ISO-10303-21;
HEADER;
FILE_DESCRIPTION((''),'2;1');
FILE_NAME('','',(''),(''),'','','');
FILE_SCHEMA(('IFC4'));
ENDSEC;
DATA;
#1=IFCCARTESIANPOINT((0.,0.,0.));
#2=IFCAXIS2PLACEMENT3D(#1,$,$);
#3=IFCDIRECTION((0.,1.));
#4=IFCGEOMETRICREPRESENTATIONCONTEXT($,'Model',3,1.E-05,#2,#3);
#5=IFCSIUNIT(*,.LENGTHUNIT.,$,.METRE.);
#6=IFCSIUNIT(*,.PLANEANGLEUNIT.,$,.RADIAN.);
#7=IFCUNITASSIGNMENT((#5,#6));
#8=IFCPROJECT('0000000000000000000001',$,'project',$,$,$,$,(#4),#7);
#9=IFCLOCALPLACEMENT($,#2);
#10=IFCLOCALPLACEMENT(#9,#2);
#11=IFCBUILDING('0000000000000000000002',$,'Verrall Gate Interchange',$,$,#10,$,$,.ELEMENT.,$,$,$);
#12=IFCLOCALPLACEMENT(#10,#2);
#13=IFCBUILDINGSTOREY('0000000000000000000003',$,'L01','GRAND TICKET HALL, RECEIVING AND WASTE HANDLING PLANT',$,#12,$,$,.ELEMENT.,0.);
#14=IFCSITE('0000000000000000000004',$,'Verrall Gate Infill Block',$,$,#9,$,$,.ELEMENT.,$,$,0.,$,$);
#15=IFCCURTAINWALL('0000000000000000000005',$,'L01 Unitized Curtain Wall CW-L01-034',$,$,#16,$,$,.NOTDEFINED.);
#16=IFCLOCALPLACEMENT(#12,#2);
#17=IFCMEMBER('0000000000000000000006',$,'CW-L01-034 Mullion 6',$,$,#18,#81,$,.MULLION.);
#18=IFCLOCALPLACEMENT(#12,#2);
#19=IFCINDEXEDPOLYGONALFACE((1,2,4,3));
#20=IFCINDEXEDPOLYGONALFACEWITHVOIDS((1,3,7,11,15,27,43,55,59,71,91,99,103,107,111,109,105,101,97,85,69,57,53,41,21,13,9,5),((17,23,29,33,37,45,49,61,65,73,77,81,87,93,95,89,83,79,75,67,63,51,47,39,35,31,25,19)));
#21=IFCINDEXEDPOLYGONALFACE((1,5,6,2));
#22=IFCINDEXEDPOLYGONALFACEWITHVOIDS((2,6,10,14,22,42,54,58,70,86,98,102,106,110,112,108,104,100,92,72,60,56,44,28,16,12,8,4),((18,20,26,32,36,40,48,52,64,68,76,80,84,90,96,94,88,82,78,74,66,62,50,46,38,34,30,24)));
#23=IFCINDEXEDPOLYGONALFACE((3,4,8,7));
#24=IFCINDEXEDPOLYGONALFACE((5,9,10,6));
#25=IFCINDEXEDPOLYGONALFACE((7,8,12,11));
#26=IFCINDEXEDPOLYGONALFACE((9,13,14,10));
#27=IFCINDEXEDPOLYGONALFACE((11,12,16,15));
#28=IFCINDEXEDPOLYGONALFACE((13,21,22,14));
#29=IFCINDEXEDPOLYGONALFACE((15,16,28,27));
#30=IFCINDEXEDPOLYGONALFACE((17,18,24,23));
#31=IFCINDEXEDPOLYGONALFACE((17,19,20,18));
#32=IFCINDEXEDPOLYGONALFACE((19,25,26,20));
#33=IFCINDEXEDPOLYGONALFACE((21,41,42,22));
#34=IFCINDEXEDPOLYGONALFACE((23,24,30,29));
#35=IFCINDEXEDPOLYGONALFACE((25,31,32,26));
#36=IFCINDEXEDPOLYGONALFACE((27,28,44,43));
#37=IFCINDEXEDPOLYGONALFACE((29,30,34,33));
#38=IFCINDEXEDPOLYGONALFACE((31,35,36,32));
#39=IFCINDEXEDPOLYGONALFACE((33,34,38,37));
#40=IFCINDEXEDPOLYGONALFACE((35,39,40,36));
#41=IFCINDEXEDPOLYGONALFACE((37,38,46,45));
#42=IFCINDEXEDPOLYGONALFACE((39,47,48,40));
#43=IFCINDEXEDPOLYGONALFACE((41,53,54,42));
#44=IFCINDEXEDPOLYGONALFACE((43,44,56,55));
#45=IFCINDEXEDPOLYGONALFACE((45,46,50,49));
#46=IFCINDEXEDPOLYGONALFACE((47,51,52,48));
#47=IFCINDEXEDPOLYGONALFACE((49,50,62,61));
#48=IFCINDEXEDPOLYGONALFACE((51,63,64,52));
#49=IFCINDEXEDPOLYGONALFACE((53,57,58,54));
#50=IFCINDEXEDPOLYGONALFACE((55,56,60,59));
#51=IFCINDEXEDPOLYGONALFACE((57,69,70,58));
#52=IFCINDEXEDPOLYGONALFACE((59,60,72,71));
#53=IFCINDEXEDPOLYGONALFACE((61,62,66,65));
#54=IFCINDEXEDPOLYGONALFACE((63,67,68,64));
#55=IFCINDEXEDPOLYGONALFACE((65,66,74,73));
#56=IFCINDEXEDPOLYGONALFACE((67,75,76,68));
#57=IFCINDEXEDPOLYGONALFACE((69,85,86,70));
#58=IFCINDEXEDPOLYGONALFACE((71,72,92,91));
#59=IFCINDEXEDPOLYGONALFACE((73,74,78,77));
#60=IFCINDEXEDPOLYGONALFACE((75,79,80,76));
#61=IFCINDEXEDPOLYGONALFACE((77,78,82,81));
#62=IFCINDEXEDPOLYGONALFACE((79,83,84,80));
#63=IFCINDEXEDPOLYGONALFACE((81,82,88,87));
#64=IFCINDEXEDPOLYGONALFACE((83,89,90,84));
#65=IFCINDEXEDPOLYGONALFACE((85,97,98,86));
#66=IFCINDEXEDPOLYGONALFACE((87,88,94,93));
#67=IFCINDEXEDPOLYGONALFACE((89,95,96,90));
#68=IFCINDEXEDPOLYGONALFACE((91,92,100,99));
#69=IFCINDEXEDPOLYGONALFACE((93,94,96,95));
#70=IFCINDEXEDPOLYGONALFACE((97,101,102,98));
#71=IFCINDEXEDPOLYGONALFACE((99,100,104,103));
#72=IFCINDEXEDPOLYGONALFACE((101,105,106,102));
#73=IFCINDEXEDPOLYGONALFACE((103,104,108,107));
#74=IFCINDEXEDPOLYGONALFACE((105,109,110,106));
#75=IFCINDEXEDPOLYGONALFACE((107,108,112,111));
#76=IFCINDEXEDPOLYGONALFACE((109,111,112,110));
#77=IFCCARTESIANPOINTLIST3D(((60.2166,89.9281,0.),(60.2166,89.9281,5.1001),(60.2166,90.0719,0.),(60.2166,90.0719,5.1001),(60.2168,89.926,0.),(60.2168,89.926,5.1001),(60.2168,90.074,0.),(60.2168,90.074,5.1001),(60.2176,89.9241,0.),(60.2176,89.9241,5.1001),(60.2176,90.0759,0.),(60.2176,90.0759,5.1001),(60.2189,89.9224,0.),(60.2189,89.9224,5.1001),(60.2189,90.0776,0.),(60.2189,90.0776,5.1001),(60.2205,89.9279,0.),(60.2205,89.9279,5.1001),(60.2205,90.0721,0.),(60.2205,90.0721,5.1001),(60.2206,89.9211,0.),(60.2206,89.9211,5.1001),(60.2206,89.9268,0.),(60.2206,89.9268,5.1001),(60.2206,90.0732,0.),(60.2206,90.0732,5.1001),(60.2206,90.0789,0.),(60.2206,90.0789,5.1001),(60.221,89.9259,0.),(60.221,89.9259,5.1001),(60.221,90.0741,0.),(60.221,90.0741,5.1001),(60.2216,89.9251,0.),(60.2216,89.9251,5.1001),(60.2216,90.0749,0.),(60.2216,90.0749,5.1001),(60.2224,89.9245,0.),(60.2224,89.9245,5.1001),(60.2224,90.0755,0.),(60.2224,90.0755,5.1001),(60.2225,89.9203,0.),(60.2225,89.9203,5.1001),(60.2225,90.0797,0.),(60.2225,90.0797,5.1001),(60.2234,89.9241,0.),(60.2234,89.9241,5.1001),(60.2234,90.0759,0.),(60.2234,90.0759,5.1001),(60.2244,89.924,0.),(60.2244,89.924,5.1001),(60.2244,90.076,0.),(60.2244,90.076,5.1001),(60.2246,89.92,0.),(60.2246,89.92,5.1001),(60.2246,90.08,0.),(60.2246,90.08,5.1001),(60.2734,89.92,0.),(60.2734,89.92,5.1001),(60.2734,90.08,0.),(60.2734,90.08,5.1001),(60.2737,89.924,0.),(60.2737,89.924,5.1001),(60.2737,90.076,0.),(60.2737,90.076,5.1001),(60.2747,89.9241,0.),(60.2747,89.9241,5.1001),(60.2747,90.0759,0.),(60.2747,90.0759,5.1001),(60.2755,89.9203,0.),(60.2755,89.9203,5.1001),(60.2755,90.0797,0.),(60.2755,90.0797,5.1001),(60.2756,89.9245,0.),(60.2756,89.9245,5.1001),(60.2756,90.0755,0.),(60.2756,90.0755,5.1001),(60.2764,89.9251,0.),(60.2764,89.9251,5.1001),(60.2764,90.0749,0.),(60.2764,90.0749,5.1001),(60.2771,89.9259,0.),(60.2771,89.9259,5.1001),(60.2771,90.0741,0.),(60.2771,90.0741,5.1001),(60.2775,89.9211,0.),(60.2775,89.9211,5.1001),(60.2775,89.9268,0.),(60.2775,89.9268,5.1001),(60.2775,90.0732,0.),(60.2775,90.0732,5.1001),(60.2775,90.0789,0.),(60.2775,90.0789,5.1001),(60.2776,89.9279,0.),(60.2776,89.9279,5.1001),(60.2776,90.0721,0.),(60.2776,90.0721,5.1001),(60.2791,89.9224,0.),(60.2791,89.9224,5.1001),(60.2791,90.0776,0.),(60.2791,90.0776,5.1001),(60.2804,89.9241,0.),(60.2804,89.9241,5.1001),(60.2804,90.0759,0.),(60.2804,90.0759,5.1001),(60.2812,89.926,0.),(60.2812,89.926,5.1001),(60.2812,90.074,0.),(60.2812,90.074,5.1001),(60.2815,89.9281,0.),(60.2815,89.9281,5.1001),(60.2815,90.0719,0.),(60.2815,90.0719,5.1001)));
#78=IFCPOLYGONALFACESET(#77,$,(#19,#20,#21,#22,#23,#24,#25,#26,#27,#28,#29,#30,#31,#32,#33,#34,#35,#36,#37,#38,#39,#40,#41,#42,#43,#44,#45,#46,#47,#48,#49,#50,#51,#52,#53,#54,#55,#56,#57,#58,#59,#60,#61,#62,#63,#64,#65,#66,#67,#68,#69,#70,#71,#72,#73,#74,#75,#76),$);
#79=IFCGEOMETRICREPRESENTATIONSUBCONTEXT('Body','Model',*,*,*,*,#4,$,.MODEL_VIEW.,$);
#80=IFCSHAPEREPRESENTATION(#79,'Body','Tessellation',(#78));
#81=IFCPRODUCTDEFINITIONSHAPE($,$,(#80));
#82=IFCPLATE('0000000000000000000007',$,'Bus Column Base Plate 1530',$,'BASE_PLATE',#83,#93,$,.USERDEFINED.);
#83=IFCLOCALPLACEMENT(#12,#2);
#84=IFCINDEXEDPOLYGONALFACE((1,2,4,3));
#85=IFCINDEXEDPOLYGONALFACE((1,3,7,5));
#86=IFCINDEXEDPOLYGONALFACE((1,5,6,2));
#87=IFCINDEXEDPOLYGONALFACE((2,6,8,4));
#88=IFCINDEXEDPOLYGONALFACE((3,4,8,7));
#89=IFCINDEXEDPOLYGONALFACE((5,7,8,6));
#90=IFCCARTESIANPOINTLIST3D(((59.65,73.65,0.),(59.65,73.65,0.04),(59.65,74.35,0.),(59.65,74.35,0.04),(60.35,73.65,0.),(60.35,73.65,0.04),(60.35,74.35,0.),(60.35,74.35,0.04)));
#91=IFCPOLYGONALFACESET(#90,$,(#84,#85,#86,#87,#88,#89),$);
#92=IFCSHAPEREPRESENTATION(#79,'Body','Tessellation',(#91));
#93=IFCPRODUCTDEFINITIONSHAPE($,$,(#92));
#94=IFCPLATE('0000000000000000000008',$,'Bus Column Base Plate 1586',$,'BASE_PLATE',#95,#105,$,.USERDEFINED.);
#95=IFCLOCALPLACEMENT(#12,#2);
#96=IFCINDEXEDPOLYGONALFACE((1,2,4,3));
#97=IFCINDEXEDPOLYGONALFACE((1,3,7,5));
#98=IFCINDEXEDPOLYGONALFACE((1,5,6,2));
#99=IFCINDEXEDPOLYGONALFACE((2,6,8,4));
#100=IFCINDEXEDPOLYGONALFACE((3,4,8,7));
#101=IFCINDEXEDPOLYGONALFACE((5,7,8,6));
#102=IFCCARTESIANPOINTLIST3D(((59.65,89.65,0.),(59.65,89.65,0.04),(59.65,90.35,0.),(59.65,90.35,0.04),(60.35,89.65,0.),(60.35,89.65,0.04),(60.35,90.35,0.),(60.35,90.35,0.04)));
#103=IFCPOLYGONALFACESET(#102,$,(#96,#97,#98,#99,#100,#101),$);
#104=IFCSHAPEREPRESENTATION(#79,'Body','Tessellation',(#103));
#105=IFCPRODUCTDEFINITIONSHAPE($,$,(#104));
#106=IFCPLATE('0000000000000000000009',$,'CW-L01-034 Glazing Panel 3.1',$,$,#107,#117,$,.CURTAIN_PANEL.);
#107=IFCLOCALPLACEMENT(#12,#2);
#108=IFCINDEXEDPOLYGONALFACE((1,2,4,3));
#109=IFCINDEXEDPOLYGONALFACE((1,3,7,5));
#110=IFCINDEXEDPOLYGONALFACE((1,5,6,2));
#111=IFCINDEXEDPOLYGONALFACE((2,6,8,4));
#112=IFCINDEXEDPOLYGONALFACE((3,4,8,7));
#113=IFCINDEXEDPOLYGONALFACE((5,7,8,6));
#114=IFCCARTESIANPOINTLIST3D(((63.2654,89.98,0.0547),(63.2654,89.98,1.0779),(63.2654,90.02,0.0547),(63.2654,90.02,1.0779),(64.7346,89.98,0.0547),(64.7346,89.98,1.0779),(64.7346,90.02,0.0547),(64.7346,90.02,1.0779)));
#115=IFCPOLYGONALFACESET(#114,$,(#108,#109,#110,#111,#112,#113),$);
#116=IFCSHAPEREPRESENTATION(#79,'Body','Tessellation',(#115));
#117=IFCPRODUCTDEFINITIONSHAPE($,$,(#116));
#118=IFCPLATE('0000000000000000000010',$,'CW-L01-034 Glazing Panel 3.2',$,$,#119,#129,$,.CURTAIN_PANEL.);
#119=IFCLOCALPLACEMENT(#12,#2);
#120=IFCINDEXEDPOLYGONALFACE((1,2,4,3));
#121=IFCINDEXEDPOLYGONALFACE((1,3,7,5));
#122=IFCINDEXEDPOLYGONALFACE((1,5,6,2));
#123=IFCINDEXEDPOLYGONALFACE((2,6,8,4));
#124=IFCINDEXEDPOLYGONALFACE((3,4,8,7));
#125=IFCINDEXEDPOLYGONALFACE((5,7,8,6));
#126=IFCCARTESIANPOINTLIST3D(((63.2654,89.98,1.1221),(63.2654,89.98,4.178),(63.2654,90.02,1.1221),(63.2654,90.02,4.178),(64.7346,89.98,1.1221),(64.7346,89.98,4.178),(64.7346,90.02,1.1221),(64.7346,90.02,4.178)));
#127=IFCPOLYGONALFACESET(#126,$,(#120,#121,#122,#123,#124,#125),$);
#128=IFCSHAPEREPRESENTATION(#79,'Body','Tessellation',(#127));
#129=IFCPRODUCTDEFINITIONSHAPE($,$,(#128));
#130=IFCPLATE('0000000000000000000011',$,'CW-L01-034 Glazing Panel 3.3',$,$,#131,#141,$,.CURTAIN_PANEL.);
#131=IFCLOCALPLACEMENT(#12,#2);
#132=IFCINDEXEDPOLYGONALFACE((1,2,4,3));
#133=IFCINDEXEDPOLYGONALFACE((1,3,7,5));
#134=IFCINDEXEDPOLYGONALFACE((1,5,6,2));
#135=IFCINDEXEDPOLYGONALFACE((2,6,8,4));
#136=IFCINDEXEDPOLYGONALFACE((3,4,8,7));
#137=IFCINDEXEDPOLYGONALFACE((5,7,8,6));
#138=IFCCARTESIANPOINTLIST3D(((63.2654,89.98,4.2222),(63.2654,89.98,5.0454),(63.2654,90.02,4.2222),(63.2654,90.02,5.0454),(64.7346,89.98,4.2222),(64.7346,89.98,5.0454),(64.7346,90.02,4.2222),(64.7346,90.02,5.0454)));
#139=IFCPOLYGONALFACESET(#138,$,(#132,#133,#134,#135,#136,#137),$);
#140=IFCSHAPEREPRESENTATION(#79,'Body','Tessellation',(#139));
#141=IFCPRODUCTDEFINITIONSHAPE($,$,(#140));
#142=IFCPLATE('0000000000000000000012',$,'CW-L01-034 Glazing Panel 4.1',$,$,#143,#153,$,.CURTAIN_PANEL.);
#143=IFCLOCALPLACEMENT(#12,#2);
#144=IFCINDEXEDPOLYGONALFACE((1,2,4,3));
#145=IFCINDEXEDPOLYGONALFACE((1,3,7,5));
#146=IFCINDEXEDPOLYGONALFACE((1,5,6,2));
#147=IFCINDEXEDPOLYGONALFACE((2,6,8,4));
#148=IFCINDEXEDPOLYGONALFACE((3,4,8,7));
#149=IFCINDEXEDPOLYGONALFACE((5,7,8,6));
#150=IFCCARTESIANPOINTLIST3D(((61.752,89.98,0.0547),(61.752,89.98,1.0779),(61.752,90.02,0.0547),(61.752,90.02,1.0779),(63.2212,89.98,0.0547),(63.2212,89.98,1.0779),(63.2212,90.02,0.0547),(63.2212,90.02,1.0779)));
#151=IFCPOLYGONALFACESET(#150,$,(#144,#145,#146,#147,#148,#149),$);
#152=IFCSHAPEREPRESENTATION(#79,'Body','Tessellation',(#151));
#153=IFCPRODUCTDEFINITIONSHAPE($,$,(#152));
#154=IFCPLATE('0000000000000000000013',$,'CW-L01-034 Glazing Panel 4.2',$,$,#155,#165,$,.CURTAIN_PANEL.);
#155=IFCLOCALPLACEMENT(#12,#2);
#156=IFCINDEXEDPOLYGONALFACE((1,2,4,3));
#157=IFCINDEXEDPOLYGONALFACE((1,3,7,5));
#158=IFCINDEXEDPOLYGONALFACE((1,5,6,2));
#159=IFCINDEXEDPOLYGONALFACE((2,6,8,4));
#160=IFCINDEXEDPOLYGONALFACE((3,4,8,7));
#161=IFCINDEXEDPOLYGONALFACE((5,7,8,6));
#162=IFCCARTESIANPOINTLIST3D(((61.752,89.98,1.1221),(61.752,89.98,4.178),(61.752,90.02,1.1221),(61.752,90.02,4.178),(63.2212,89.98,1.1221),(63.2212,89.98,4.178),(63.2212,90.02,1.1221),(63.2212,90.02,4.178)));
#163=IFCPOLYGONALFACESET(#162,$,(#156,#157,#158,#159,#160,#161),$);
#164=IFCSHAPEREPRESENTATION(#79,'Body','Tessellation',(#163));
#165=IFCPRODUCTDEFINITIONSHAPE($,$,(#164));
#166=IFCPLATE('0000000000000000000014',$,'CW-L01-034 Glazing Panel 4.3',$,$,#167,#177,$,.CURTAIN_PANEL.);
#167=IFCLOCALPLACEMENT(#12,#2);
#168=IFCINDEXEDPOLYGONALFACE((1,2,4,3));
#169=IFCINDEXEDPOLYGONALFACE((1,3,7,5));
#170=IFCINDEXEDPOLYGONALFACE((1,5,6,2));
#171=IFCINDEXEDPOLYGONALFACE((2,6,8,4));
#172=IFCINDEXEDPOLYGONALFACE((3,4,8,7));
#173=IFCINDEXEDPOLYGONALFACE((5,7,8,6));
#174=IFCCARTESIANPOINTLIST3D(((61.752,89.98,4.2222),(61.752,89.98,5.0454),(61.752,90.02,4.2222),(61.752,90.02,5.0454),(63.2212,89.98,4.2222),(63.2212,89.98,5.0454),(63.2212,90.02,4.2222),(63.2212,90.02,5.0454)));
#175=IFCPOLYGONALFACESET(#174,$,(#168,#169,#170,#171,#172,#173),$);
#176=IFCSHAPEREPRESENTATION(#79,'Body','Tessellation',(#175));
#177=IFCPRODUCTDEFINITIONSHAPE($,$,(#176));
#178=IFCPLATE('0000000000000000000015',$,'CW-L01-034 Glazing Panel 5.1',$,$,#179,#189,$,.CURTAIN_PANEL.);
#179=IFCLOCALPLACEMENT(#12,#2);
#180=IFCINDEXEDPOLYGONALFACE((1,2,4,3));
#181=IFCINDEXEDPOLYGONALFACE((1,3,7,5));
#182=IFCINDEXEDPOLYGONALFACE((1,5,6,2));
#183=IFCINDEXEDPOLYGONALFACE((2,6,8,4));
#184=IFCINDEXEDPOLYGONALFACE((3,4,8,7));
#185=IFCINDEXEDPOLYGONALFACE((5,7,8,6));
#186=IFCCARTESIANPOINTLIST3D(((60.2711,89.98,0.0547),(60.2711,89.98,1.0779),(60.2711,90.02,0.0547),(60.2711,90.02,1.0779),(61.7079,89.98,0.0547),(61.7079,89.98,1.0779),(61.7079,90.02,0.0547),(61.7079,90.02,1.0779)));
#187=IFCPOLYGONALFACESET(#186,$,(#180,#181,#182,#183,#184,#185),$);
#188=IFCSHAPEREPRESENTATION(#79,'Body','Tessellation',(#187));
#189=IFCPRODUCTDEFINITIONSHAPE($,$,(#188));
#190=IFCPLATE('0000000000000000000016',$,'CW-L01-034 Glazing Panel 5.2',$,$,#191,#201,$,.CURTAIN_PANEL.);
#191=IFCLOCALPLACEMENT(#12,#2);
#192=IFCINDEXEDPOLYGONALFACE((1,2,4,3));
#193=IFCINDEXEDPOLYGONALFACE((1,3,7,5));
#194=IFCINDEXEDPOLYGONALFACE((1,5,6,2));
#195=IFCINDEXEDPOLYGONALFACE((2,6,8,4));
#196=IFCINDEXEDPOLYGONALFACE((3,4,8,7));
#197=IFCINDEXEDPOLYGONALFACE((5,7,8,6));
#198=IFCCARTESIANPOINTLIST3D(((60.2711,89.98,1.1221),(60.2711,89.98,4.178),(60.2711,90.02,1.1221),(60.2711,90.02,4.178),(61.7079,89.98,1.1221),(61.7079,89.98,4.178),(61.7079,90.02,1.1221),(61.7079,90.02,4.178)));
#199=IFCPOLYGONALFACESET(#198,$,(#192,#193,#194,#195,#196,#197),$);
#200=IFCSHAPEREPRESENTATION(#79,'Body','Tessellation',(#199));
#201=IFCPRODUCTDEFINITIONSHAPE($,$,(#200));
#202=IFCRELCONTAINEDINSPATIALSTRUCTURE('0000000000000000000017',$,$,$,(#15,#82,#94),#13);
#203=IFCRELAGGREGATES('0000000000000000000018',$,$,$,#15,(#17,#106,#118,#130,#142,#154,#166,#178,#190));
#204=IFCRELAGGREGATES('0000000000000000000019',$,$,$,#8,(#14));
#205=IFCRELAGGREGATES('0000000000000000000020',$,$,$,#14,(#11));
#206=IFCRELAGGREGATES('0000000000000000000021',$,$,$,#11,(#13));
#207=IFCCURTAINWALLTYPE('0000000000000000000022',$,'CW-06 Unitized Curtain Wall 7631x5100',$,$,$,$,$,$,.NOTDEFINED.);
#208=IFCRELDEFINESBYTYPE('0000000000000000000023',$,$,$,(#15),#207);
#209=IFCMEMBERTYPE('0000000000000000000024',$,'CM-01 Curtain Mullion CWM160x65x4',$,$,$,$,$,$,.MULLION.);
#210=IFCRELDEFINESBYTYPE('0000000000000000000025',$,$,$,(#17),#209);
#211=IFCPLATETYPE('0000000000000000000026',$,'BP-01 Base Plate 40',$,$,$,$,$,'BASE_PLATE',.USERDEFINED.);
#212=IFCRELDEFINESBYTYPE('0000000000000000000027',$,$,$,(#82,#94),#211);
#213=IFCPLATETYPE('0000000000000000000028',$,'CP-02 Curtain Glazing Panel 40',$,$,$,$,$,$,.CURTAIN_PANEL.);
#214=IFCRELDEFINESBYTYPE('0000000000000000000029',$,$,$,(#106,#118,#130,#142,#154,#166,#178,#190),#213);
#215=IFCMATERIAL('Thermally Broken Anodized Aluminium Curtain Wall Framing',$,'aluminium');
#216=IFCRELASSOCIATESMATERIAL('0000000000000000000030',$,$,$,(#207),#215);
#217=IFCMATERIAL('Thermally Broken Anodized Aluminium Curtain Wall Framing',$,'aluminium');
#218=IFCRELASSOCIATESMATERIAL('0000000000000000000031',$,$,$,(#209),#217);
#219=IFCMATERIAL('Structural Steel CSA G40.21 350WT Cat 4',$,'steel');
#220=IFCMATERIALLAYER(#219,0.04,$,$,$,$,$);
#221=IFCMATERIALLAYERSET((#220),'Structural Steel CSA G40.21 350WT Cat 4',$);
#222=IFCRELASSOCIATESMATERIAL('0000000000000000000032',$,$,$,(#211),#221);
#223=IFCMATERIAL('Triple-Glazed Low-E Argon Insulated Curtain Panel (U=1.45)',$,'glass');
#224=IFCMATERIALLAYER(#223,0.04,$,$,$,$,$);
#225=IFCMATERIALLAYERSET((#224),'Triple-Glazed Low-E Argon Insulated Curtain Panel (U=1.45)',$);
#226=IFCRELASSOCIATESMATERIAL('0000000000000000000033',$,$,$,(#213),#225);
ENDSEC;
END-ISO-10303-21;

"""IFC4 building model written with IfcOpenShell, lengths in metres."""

from ifc_helpers import new_model, si_unit, direction, frame, origin, origin_2d, place, context, subcontext, project, spatial, rectangle, hollow_rectangle, extrude, material, layer, layer_set, material_profile, profile_set, type_object, element, aggregate, save


model = new_model("IFC4")

# Units and contexts
model_context = context("Model", 3, precision=1e-05, world=origin(), true_north=direction((0.0, 1.0)))
body_context = subcontext(model_context, "Body", "Model", "MODEL_VIEW")
ifc_project = project(units=[si_unit("LENGTHUNIT", "METRE"), si_unit("PLANEANGLEUNIT", "RADIAN")], contexts=[model_context])

# Site, building, storey
site_placement = place(None, origin())
site = spatial("IfcSite", under=ifc_project, at=site_placement, Name="Verrall Gate Infill Block", CompositionType="ELEMENT", RefElevation=0.0)
building_placement = place(site_placement, origin())
building = spatial("IfcBuilding", under=site, at=building_placement, Name="Verrall Gate Interchange", CompositionType="ELEMENT")
storey_placement = place(building_placement, origin())
storey = spatial("IfcBuildingStorey", under=building, at=storey_placement, Name="L01", Description="GRAND TICKET HALL, RECEIVING AND WASTE HANDLING PLANT", CompositionType="ELEMENT", Elevation=0.0)

# Curtain wall, member
ifc_material_1 = material(Name="Thermally Broken Anodized Aluminium Curtain Wall Framing", Category="aluminium")
curtain_wall_type = type_object("IfcCurtainWallType", Name="CW-06 Unitized Curtain Wall 7631x5100", PredefinedType="NOTDEFINED", material=ifc_material_1)
curtain_wall_placement = place(storey_placement, origin())
curtain_wall = element("IfcCurtainWall", 1, at=curtain_wall_placement, inside=storey, type_object=curtain_wall_type, Name="L01 Unitized Curtain Wall CW-L01-034", PredefinedType="NOTDEFINED")
ifc_material_2 = material(Name="Thermally Broken Anodized Aluminium Curtain Wall Framing", Category="aluminium")
ifc_material_profile_1 = material_profile(ifc_material_2, hollow_rectangle(XDim=0.0649, YDim=0.1599, WallThickness=0.0039, InnerFilletRadius=0.0039, OuterFilletRadius=0.0081, at=origin_2d()), Name="CWM160x65x4")
ifc_profile_set_1 = profile_set([ifc_material_profile_1], Name="Thermally Broken Anodized Aluminium Curtain Wall Framing")
member_type = type_object("IfcMemberType", Name="CM-01 Curtain Mullion CWM160x65x4", PredefinedType="MULLION", material=ifc_profile_set_1)
member_1_placement = place(storey_placement, frame((60.249, 90.0, 0.0), z_axis=(0.0, 0.0, 1.0), x_axis=(-1.0, 0.0, 0.0)))
member_1 = element("IfcMember", 2, at=member_1_placement, type_object=member_type, Name="CW-L01-034 Mullion 6", PredefinedType="MULLION", context=body_context, shape_type="SweptSolid", body=[
    extrude(hollow_rectangle(XDim=0.0649, YDim=0.1599, WallThickness=0.0039, InnerFilletRadius=0.0039, OuterFilletRadius=0.0081, at=origin_2d()), origin(), (0.0, 0.0, 1.0), 5.1001),
])

# Plates
ifc_material_3 = material(Name="Structural Steel CSA G40.21 350WT Cat 4", Category="steel")
ifc_layer_1 = layer(ifc_material_3, 0.04)
ifc_layer_set_1 = layer_set([ifc_layer_1], Name="Structural Steel CSA G40.21 350WT Cat 4")
plate_type_1 = type_object("IfcPlateType", Name="BP-01 Base Plate 40", ElementType="BASE_PLATE", PredefinedType="USERDEFINED", material=ifc_layer_set_1)
for number, where, z_axis, x_axis, name in (
    (3, (60.0, 74.0, 0.0), (0.0, 0.0, 1.0), (1.0, 0.0, 0.0), "Bus Column Base Plate 1530"),
    (4, (60.0, 90.0, 0.0), (0.0, 0.0, 1.0), (1.0, 0.0, 0.0), "Bus Column Base Plate 1586"),
):
    element("IfcPlate", number, at=place(storey_placement, frame(where, z_axis=z_axis, x_axis=x_axis)), inside=storey, type_object=plate_type_1, Name=name, ObjectType="BASE_PLATE", PredefinedType="USERDEFINED", context=body_context, shape_type="SweptSolid", body=[
        extrude(rectangle(XDim=0.7, YDim=0.7, at=origin_2d()), origin(), (0.0, 0.0, 1.0), 0.04),
    ])

# Plates
ifc_material_4 = material(Name="Triple-Glazed Low-E Argon Insulated Curtain Panel (U=1.45)", Category="glass")
ifc_layer_2 = layer(ifc_material_4, 0.04)
ifc_layer_set_2 = layer_set([ifc_layer_2], Name="Triple-Glazed Low-E Argon Insulated Curtain Panel (U=1.45)")
plate_type_2 = type_object("IfcPlateType", Name="CP-02 Curtain Glazing Panel 40", PredefinedType="CURTAIN_PANEL", material=ifc_layer_set_2)
plate_1_placement = place(storey_placement, frame((64.0, 90.0, 0.0547), z_axis=(0.0, 0.0, 1.0), x_axis=(-1.0, 0.0, 0.0)))
plate_1 = element("IfcPlate", 5, at=plate_1_placement, type_object=plate_type_2, Name="CW-L01-034 Glazing Panel 3.1", PredefinedType="CURTAIN_PANEL", context=body_context, shape_type="SweptSolid", body=[
    extrude(rectangle(XDim=1.4692, YDim=0.04, at=origin_2d()), origin(), (0.0, 0.0, 1.0), 1.0232),
])
plate_2_placement = place(storey_placement, frame((64.0, 90.0, 1.1221), z_axis=(0.0, 0.0, 1.0), x_axis=(-1.0, 0.0, 0.0)))
plate_2 = element("IfcPlate", 6, at=plate_2_placement, type_object=plate_type_2, Name="CW-L01-034 Glazing Panel 3.2", PredefinedType="CURTAIN_PANEL", context=body_context, shape_type="SweptSolid", body=[
    extrude(rectangle(XDim=1.4692, YDim=0.04, at=origin_2d()), origin(), (0.0, 0.0, 1.0), 3.0559),
])
plate_3_placement = place(storey_placement, frame((64.0, 90.0, 4.2222), z_axis=(0.0, 0.0, 1.0), x_axis=(-1.0, 0.0, 0.0)))
plate_3 = element("IfcPlate", 7, at=plate_3_placement, type_object=plate_type_2, Name="CW-L01-034 Glazing Panel 3.3", PredefinedType="CURTAIN_PANEL", context=body_context, shape_type="SweptSolid", body=[
    extrude(rectangle(XDim=1.4692, YDim=0.04, at=origin_2d()), origin(), (0.0, 0.0, 1.0), 0.8232),
])
plate_4_placement = place(storey_placement, frame((62.4866, 90.0, 0.0547), z_axis=(0.0, 0.0, 1.0), x_axis=(-1.0, 0.0, 0.0)))
plate_4 = element("IfcPlate", 8, at=plate_4_placement, type_object=plate_type_2, Name="CW-L01-034 Glazing Panel 4.1", PredefinedType="CURTAIN_PANEL", context=body_context, shape_type="SweptSolid", body=[
    extrude(rectangle(XDim=1.4692, YDim=0.04, at=origin_2d()), origin(), (0.0, 0.0, 1.0), 1.0232),
])
plate_5_placement = place(storey_placement, frame((62.4866, 90.0, 1.1221), z_axis=(0.0, 0.0, 1.0), x_axis=(-1.0, 0.0, 0.0)))
plate_5 = element("IfcPlate", 9, at=plate_5_placement, type_object=plate_type_2, Name="CW-L01-034 Glazing Panel 4.2", PredefinedType="CURTAIN_PANEL", context=body_context, shape_type="SweptSolid", body=[
    extrude(rectangle(XDim=1.4692, YDim=0.04, at=origin_2d()), origin(), (0.0, 0.0, 1.0), 3.0559),
])
plate_6_placement = place(storey_placement, frame((62.4866, 90.0, 4.2222), z_axis=(0.0, 0.0, 1.0), x_axis=(-1.0, 0.0, 0.0)))
plate_6 = element("IfcPlate", 10, at=plate_6_placement, type_object=plate_type_2, Name="CW-L01-034 Glazing Panel 4.3", PredefinedType="CURTAIN_PANEL", context=body_context, shape_type="SweptSolid", body=[
    extrude(rectangle(XDim=1.4692, YDim=0.04, at=origin_2d()), origin(), (0.0, 0.0, 1.0), 0.8232),
])
plate_7_placement = place(storey_placement, frame((60.9895, 90.0, 0.0547), z_axis=(0.0, 0.0, 1.0), x_axis=(-1.0, 0.0, 0.0)))
plate_7 = element("IfcPlate", 11, at=plate_7_placement, type_object=plate_type_2, Name="CW-L01-034 Glazing Panel 5.1", PredefinedType="CURTAIN_PANEL", context=body_context, shape_type="SweptSolid", body=[
    extrude(rectangle(XDim=1.4368, YDim=0.04, at=origin_2d()), origin(), (0.0, 0.0, 1.0), 1.0232),
])
plate_8_placement = place(storey_placement, frame((60.9895, 90.0, 1.1221), z_axis=(0.0, 0.0, 1.0), x_axis=(-1.0, 0.0, 0.0)))
plate_8 = element("IfcPlate", 12, at=plate_8_placement, type_object=plate_type_2, Name="CW-L01-034 Glazing Panel 5.2", PredefinedType="CURTAIN_PANEL", context=body_context, shape_type="SweptSolid", body=[
    extrude(rectangle(XDim=1.4368, YDim=0.04, at=origin_2d()), origin(), (0.0, 0.0, 1.0), 3.0559),
])
aggregate(curtain_wall, [member_1, plate_1, plate_2, plate_3, plate_4, plate_5, plate_6, plate_7, plate_8])

save(model, "model.ifc")
